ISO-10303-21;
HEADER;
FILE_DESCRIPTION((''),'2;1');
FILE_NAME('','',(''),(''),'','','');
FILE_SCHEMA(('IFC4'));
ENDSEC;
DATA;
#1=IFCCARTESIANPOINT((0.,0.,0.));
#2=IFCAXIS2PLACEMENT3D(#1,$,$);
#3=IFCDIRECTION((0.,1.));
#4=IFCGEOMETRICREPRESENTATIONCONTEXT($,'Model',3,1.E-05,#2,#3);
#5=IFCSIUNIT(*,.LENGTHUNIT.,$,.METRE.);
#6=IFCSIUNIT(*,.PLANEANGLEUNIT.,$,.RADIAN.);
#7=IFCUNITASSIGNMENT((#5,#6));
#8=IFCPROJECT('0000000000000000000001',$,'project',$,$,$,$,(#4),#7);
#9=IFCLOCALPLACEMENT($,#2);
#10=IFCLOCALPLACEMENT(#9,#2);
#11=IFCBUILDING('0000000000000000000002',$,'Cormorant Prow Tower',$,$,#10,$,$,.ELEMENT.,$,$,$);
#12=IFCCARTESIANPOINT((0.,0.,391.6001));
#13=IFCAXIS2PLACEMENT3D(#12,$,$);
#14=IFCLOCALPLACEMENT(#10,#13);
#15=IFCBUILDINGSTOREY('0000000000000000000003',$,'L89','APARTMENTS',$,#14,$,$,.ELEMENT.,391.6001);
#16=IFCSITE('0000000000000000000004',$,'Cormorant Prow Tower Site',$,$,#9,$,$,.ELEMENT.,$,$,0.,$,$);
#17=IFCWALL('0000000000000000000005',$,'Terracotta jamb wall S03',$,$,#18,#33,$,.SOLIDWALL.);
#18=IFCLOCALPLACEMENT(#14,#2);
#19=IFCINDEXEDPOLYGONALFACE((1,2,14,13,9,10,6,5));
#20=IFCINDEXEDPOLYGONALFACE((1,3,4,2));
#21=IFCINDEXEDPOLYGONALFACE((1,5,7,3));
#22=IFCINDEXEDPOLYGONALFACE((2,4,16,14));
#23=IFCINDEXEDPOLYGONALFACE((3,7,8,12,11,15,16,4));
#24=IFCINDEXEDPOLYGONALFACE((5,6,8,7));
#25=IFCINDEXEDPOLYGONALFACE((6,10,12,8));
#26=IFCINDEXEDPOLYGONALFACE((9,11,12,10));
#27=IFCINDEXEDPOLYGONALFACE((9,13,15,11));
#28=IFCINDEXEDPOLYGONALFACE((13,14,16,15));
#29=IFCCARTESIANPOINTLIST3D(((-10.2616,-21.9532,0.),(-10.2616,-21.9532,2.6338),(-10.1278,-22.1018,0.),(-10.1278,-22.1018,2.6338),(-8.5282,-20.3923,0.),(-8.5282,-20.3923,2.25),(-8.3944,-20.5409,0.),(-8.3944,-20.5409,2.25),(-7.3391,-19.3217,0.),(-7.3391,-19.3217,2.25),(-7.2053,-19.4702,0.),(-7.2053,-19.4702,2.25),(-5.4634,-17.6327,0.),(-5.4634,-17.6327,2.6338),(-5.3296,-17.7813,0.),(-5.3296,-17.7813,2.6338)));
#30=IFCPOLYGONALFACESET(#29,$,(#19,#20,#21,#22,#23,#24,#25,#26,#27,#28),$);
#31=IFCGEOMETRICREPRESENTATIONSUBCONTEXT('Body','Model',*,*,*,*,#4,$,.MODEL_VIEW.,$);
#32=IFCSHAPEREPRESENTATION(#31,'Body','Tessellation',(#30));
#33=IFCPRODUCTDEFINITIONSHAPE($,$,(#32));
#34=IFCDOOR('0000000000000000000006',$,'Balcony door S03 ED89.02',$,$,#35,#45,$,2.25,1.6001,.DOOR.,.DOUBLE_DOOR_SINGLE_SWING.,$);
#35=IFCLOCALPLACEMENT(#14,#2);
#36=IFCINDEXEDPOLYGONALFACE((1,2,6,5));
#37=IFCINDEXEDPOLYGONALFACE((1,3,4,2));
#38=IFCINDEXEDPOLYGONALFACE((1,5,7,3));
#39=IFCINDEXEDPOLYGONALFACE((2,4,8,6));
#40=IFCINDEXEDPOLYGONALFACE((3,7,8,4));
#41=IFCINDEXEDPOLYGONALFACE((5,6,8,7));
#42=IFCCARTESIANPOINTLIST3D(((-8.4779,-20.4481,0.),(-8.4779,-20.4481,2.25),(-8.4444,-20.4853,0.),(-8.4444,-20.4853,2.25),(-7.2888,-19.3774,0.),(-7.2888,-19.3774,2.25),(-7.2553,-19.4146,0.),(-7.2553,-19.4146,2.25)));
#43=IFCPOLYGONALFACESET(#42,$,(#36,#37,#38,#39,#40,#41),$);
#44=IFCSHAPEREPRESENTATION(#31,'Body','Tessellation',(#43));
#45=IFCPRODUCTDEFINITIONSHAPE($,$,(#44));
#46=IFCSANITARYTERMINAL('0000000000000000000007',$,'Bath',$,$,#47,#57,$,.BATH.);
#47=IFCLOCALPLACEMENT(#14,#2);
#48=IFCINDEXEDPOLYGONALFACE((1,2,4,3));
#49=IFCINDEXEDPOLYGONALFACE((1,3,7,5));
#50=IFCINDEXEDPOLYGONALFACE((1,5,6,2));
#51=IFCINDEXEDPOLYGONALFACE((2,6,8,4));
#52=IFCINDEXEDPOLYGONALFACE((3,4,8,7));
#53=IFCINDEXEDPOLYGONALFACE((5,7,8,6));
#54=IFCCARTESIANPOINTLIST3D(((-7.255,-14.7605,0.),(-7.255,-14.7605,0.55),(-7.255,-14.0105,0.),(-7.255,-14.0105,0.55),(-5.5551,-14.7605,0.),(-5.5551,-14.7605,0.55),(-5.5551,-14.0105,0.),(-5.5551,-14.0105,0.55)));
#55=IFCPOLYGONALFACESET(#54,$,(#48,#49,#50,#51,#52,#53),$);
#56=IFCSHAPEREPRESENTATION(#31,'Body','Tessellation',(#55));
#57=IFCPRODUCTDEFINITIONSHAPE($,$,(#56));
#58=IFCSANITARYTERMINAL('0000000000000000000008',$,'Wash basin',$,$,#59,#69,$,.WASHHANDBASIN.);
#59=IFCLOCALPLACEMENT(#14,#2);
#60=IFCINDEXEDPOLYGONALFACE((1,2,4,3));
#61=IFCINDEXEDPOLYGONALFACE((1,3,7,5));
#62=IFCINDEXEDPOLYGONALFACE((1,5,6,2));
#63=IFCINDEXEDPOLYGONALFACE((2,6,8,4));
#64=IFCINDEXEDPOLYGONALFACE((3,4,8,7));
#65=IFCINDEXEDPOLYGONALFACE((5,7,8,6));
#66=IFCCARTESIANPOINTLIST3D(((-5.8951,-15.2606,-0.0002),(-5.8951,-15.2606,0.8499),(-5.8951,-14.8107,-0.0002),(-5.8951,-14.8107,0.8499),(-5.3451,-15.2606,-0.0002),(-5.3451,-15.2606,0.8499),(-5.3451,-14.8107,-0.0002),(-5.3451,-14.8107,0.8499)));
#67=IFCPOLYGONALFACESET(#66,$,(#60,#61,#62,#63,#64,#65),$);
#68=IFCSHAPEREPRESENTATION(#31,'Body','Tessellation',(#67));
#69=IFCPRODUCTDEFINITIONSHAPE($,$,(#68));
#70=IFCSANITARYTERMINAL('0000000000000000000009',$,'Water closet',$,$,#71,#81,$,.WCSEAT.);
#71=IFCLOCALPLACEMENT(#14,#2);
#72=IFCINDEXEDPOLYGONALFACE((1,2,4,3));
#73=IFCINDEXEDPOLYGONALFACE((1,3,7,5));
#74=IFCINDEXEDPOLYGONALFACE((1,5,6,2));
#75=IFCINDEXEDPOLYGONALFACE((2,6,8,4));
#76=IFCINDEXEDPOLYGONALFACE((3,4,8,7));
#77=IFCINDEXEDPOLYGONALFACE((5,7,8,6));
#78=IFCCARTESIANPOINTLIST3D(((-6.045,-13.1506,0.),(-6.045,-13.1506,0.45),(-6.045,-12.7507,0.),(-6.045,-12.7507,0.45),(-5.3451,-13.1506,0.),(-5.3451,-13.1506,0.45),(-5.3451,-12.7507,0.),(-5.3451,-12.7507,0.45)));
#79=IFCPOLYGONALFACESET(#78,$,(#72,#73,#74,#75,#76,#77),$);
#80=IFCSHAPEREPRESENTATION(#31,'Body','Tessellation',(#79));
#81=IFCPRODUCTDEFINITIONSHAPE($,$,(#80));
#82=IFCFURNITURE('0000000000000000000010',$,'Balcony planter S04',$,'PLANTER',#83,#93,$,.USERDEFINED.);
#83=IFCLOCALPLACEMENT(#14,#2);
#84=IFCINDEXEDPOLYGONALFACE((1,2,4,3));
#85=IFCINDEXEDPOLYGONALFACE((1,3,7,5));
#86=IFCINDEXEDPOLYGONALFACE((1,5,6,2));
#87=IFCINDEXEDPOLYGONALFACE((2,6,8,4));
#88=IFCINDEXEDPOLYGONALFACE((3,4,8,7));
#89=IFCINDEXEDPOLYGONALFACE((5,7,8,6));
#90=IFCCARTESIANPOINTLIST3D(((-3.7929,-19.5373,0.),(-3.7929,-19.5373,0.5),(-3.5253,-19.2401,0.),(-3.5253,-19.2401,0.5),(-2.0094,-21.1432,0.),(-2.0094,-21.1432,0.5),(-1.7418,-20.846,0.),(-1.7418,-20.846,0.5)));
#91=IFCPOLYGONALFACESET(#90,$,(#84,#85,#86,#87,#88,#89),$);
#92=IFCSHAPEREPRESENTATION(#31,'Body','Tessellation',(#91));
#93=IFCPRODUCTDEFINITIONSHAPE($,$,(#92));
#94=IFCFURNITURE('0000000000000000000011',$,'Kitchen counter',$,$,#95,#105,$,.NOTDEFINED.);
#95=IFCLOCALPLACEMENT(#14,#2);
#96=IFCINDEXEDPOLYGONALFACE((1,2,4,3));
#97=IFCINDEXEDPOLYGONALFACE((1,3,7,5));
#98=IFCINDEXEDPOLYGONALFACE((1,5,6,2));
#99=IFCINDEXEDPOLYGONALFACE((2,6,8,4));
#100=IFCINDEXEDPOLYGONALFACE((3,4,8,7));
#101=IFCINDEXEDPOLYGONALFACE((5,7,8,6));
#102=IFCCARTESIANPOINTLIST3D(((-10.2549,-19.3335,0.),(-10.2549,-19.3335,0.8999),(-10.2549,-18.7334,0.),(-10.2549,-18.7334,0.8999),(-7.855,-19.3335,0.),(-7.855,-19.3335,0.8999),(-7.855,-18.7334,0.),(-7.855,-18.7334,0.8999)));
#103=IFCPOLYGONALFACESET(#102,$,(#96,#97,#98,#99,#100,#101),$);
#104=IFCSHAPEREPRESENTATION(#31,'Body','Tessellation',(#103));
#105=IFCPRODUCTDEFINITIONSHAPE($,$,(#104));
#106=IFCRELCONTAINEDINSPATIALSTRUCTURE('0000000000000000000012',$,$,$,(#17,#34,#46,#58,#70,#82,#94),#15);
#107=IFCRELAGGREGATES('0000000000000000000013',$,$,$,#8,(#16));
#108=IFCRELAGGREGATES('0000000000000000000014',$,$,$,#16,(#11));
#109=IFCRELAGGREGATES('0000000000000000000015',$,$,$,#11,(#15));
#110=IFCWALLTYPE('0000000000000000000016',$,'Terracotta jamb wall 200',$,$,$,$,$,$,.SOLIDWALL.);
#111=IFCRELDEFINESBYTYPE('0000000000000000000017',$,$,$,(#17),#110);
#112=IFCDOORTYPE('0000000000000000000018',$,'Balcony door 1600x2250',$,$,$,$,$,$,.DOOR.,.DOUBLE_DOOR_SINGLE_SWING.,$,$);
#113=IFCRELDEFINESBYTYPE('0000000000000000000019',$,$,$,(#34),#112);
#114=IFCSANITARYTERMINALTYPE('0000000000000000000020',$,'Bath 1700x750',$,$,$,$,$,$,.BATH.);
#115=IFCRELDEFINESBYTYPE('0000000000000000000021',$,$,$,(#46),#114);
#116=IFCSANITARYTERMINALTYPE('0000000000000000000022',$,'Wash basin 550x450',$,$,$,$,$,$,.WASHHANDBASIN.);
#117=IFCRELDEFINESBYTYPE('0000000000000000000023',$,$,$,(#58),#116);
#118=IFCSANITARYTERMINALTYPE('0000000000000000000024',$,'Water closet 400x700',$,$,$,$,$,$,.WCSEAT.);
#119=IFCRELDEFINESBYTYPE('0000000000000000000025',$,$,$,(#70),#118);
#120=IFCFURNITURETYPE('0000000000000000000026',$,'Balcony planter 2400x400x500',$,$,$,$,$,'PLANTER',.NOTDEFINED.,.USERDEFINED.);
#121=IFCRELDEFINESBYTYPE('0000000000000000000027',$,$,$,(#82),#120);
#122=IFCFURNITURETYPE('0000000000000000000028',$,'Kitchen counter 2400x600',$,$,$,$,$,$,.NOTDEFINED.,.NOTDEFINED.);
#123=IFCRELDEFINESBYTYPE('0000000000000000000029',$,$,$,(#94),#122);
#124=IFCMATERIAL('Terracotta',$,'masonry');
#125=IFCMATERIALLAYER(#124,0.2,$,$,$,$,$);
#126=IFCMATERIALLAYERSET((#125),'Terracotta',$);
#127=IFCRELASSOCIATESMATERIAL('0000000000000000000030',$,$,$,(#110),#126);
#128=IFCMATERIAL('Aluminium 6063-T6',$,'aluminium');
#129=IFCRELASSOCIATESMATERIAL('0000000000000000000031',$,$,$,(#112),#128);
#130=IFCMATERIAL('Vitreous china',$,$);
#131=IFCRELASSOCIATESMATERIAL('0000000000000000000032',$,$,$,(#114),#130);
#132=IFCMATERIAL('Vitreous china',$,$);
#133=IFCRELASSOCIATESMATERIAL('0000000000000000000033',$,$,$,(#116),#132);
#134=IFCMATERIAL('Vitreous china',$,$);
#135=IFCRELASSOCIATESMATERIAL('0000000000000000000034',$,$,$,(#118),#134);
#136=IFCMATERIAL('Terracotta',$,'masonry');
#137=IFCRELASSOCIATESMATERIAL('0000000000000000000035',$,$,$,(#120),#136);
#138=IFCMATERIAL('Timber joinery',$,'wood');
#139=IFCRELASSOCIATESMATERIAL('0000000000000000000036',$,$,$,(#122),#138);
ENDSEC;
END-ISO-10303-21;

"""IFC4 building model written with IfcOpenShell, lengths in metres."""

from ifc_helpers import new_model, si_unit, direction, frame, frame_2d, origin, origin_2d, place, context, subcontext, project, spatial, rectangle, extrude, material, layer, layer_set, type_object, element, fill, save


model = new_model("IFC4")

# Units and contexts
model_context = context("Model", 3, precision=1e-05, world=origin(), true_north=direction((0.0, 1.0)))
body_context = subcontext(model_context, "Body", "Model", "MODEL_VIEW")
ifc_project = project(units=[si_unit("LENGTHUNIT", "METRE"), si_unit("PLANEANGLEUNIT", "RADIAN")], contexts=[model_context])

# Site, building, storey
site_placement = place(None, origin())
site = spatial("IfcSite", under=ifc_project, at=site_placement, Name="Cormorant Prow Tower Site", CompositionType="ELEMENT", RefElevation=0.0)
building_placement = place(site_placement, origin())
building = spatial("IfcBuilding", under=site, at=building_placement, Name="Cormorant Prow Tower", CompositionType="ELEMENT")
storey_placement = place(building_placement, frame((0.0, 0.0, 391.6001)))
storey = spatial("IfcBuildingStorey", under=building, at=storey_placement, Name="L89", Description="APARTMENTS", CompositionType="ELEMENT", Elevation=391.6001)

# Wall, opening, door
ifc_material_1 = material(Name="Terracotta", Category="masonry")
ifc_layer_1 = layer(ifc_material_1, 0.2)
ifc_layer_set_1 = layer_set([ifc_layer_1], Name="Terracotta")
wall_type_1 = type_object("IfcWallType", Name="Terracotta jamb wall 200", PredefinedType="SOLIDWALL", material=ifc_layer_set_1)
wall_1_placement = place(storey_placement, frame((-10.1948, -22.0276, 0.0), z_axis=(0.0, 0.0, 1.0), x_axis=(0.743136, 0.66914, 0.0)))
wall_1 = element("IfcWall", 1, at=wall_1_placement, inside=storey, type_object=wall_type_1, Name="Terracotta jamb wall S03", PredefinedType="SOLIDWALL", context=body_context, shape_type="SweptSolid", body=[
    extrude(rectangle(XDim=6.4568, YDim=0.2, at=frame_2d((3.2285, 0.0))), origin(), (0.0, 0.0, 1.0), 2.6338),
])
opening_1_placement = place(wall_1_placement, frame((2.3328, 0.0, 0.0)))
opening_1 = element("IfcOpeningElement", 2, at=opening_1_placement, cuts=wall_1, PredefinedType="OPENING", context=body_context, shape_type="SweptSolid", body=[
    extrude(rectangle(XDim=1.6001, YDim=2.25, at=frame_2d((0.8, 1.125))), frame((0.0, 0.1099, 0.0), z_axis=(0.0, -1.0, 0.0), x_axis=(1.0, 0.0, 0.0)), (0.0, 0.0, 1.0), 0.22),
])
ifc_material_2 = material(Name="Aluminium 6063-T6", Category="aluminium")
door_type_1 = type_object("IfcDoorType", Name="Balcony door 1600x2250", OperationType="DOUBLE_DOOR_SINGLE_SWING", PredefinedType="DOOR", material=ifc_material_2)
door_1_placement = place(opening_1_placement, origin())
door_1 = element("IfcDoor", 3, at=door_1_placement, inside=storey, type_object=door_type_1, Name="Balcony door S03 ED89.02", OperationType="DOUBLE_DOOR_SINGLE_SWING", OverallHeight=2.25, OverallWidth=1.6001, PredefinedType="DOOR", context=body_context, shape_type="SweptSolid", body=[
    extrude(rectangle(XDim=1.6001, YDim=2.25, at=frame_2d((0.8, 1.125))), frame((0.0, 0.0249, 0.0), z_axis=(0.0, -1.0, 0.0), x_axis=(1.0, 0.0, 0.0)), (0.0, 0.0, 1.0), 0.05),
])
fill(opening_1, door_1)

# Sanitary terminals
ifc_material_3 = material(Name="Vitreous china")
sanitary_terminal_type_1 = type_object("IfcSanitaryTerminalType", Name="Bath 1700x750", PredefinedType="BATH", material=ifc_material_3)
sanitary_terminal_1_placement = place(storey_placement, frame((-6.405, -14.3855, 0.0), z_axis=(0.0, 0.0, 1.0), x_axis=(1.0, 0.0, 0.0)))
element("IfcSanitaryTerminal", 4, at=sanitary_terminal_1_placement, inside=storey, type_object=sanitary_terminal_type_1, Name="Bath", PredefinedType="BATH", context=body_context, shape_type="SweptSolid", body=[
    extrude(rectangle(XDim=1.7, YDim=0.75, at=origin_2d()), origin(), (0.0, 0.0, 1.0), 0.55),
])
ifc_material_4 = material(Name="Vitreous china")
sanitary_terminal_type_2 = type_object("IfcSanitaryTerminalType", Name="Wash basin 550x450", PredefinedType="WASHHANDBASIN", material=ifc_material_4)
sanitary_terminal_2_placement = place(storey_placement, frame((-5.6201, -15.0356, -0.0002), z_axis=(0.0, 0.0, 1.0), x_axis=(-1.0, 0.0, 0.0)))
element("IfcSanitaryTerminal", 5, at=sanitary_terminal_2_placement, inside=storey, type_object=sanitary_terminal_type_2, Name="Wash basin", PredefinedType="WASHHANDBASIN", context=body_context, shape_type="SweptSolid", body=[
    extrude(rectangle(XDim=0.55, YDim=0.45, at=origin_2d()), origin(), (0.0, 0.0, 1.0), 0.8501),
])
ifc_material_5 = material(Name="Vitreous china")
sanitary_terminal_type_3 = type_object("IfcSanitaryTerminalType", Name="Water closet 400x700", PredefinedType="WCSEAT", material=ifc_material_5)
sanitary_terminal_3_placement = place(storey_placement, frame((-5.6951, -12.9507, 0.0), z_axis=(0.0, 0.0, 1.0), x_axis=(0.0, -1.0, 0.0)))
element("IfcSanitaryTerminal", 6, at=sanitary_terminal_3_placement, inside=storey, type_object=sanitary_terminal_type_3, Name="Water closet", PredefinedType="WCSEAT", context=body_context, shape_type="SweptSolid", body=[
    extrude(rectangle(XDim=0.3999, YDim=0.7, at=origin_2d()), origin(), (0.0, 0.0, 1.0), 0.45),
])

# Furniture
ifc_material_6 = material(Name="Terracotta", Category="masonry")
furniture_type_1 = type_object("IfcFurnitureType", Name="Balcony planter 2400x400x500", ElementType="PLANTER", AssemblyPlace="NOTDEFINED", PredefinedType="USERDEFINED", material=ifc_material_6)
furniture_1_placement = place(storey_placement, frame((-2.7673, -20.1917, 0.0), z_axis=(0.0, 0.0, 1.0), x_axis=(0.743145, -0.669131, 0.0)))
element("IfcFurniture", 7, at=furniture_1_placement, inside=storey, type_object=furniture_type_1, Name="Balcony planter S04", ObjectType="PLANTER", PredefinedType="USERDEFINED", context=body_context, shape_type="SweptSolid", body=[
    extrude(rectangle(XDim=2.3999, YDim=0.3999, at=origin_2d()), origin(), (0.0, 0.0, 1.0), 0.5),
])
ifc_material_7 = material(Name="Timber joinery", Category="wood")
furniture_type_2 = type_object("IfcFurnitureType", Name="Kitchen counter 2400x600", AssemblyPlace="NOTDEFINED", PredefinedType="NOTDEFINED", material=ifc_material_7)
furniture_2_placement = place(storey_placement, frame((-9.0549, -19.0334, 0.0), z_axis=(0.0, 0.0, 1.0), x_axis=(1.0, 0.0, 0.0)))
element("IfcFurniture", 8, at=furniture_2_placement, inside=storey, type_object=furniture_type_2, Name="Kitchen counter", PredefinedType="NOTDEFINED", context=body_context, shape_type="SweptSolid", body=[
    extrude(rectangle(XDim=2.3999, YDim=0.6001, at=origin_2d()), origin(), (0.0, 0.0, 1.0), 0.8999),
])

save(model, "model.ifc")
